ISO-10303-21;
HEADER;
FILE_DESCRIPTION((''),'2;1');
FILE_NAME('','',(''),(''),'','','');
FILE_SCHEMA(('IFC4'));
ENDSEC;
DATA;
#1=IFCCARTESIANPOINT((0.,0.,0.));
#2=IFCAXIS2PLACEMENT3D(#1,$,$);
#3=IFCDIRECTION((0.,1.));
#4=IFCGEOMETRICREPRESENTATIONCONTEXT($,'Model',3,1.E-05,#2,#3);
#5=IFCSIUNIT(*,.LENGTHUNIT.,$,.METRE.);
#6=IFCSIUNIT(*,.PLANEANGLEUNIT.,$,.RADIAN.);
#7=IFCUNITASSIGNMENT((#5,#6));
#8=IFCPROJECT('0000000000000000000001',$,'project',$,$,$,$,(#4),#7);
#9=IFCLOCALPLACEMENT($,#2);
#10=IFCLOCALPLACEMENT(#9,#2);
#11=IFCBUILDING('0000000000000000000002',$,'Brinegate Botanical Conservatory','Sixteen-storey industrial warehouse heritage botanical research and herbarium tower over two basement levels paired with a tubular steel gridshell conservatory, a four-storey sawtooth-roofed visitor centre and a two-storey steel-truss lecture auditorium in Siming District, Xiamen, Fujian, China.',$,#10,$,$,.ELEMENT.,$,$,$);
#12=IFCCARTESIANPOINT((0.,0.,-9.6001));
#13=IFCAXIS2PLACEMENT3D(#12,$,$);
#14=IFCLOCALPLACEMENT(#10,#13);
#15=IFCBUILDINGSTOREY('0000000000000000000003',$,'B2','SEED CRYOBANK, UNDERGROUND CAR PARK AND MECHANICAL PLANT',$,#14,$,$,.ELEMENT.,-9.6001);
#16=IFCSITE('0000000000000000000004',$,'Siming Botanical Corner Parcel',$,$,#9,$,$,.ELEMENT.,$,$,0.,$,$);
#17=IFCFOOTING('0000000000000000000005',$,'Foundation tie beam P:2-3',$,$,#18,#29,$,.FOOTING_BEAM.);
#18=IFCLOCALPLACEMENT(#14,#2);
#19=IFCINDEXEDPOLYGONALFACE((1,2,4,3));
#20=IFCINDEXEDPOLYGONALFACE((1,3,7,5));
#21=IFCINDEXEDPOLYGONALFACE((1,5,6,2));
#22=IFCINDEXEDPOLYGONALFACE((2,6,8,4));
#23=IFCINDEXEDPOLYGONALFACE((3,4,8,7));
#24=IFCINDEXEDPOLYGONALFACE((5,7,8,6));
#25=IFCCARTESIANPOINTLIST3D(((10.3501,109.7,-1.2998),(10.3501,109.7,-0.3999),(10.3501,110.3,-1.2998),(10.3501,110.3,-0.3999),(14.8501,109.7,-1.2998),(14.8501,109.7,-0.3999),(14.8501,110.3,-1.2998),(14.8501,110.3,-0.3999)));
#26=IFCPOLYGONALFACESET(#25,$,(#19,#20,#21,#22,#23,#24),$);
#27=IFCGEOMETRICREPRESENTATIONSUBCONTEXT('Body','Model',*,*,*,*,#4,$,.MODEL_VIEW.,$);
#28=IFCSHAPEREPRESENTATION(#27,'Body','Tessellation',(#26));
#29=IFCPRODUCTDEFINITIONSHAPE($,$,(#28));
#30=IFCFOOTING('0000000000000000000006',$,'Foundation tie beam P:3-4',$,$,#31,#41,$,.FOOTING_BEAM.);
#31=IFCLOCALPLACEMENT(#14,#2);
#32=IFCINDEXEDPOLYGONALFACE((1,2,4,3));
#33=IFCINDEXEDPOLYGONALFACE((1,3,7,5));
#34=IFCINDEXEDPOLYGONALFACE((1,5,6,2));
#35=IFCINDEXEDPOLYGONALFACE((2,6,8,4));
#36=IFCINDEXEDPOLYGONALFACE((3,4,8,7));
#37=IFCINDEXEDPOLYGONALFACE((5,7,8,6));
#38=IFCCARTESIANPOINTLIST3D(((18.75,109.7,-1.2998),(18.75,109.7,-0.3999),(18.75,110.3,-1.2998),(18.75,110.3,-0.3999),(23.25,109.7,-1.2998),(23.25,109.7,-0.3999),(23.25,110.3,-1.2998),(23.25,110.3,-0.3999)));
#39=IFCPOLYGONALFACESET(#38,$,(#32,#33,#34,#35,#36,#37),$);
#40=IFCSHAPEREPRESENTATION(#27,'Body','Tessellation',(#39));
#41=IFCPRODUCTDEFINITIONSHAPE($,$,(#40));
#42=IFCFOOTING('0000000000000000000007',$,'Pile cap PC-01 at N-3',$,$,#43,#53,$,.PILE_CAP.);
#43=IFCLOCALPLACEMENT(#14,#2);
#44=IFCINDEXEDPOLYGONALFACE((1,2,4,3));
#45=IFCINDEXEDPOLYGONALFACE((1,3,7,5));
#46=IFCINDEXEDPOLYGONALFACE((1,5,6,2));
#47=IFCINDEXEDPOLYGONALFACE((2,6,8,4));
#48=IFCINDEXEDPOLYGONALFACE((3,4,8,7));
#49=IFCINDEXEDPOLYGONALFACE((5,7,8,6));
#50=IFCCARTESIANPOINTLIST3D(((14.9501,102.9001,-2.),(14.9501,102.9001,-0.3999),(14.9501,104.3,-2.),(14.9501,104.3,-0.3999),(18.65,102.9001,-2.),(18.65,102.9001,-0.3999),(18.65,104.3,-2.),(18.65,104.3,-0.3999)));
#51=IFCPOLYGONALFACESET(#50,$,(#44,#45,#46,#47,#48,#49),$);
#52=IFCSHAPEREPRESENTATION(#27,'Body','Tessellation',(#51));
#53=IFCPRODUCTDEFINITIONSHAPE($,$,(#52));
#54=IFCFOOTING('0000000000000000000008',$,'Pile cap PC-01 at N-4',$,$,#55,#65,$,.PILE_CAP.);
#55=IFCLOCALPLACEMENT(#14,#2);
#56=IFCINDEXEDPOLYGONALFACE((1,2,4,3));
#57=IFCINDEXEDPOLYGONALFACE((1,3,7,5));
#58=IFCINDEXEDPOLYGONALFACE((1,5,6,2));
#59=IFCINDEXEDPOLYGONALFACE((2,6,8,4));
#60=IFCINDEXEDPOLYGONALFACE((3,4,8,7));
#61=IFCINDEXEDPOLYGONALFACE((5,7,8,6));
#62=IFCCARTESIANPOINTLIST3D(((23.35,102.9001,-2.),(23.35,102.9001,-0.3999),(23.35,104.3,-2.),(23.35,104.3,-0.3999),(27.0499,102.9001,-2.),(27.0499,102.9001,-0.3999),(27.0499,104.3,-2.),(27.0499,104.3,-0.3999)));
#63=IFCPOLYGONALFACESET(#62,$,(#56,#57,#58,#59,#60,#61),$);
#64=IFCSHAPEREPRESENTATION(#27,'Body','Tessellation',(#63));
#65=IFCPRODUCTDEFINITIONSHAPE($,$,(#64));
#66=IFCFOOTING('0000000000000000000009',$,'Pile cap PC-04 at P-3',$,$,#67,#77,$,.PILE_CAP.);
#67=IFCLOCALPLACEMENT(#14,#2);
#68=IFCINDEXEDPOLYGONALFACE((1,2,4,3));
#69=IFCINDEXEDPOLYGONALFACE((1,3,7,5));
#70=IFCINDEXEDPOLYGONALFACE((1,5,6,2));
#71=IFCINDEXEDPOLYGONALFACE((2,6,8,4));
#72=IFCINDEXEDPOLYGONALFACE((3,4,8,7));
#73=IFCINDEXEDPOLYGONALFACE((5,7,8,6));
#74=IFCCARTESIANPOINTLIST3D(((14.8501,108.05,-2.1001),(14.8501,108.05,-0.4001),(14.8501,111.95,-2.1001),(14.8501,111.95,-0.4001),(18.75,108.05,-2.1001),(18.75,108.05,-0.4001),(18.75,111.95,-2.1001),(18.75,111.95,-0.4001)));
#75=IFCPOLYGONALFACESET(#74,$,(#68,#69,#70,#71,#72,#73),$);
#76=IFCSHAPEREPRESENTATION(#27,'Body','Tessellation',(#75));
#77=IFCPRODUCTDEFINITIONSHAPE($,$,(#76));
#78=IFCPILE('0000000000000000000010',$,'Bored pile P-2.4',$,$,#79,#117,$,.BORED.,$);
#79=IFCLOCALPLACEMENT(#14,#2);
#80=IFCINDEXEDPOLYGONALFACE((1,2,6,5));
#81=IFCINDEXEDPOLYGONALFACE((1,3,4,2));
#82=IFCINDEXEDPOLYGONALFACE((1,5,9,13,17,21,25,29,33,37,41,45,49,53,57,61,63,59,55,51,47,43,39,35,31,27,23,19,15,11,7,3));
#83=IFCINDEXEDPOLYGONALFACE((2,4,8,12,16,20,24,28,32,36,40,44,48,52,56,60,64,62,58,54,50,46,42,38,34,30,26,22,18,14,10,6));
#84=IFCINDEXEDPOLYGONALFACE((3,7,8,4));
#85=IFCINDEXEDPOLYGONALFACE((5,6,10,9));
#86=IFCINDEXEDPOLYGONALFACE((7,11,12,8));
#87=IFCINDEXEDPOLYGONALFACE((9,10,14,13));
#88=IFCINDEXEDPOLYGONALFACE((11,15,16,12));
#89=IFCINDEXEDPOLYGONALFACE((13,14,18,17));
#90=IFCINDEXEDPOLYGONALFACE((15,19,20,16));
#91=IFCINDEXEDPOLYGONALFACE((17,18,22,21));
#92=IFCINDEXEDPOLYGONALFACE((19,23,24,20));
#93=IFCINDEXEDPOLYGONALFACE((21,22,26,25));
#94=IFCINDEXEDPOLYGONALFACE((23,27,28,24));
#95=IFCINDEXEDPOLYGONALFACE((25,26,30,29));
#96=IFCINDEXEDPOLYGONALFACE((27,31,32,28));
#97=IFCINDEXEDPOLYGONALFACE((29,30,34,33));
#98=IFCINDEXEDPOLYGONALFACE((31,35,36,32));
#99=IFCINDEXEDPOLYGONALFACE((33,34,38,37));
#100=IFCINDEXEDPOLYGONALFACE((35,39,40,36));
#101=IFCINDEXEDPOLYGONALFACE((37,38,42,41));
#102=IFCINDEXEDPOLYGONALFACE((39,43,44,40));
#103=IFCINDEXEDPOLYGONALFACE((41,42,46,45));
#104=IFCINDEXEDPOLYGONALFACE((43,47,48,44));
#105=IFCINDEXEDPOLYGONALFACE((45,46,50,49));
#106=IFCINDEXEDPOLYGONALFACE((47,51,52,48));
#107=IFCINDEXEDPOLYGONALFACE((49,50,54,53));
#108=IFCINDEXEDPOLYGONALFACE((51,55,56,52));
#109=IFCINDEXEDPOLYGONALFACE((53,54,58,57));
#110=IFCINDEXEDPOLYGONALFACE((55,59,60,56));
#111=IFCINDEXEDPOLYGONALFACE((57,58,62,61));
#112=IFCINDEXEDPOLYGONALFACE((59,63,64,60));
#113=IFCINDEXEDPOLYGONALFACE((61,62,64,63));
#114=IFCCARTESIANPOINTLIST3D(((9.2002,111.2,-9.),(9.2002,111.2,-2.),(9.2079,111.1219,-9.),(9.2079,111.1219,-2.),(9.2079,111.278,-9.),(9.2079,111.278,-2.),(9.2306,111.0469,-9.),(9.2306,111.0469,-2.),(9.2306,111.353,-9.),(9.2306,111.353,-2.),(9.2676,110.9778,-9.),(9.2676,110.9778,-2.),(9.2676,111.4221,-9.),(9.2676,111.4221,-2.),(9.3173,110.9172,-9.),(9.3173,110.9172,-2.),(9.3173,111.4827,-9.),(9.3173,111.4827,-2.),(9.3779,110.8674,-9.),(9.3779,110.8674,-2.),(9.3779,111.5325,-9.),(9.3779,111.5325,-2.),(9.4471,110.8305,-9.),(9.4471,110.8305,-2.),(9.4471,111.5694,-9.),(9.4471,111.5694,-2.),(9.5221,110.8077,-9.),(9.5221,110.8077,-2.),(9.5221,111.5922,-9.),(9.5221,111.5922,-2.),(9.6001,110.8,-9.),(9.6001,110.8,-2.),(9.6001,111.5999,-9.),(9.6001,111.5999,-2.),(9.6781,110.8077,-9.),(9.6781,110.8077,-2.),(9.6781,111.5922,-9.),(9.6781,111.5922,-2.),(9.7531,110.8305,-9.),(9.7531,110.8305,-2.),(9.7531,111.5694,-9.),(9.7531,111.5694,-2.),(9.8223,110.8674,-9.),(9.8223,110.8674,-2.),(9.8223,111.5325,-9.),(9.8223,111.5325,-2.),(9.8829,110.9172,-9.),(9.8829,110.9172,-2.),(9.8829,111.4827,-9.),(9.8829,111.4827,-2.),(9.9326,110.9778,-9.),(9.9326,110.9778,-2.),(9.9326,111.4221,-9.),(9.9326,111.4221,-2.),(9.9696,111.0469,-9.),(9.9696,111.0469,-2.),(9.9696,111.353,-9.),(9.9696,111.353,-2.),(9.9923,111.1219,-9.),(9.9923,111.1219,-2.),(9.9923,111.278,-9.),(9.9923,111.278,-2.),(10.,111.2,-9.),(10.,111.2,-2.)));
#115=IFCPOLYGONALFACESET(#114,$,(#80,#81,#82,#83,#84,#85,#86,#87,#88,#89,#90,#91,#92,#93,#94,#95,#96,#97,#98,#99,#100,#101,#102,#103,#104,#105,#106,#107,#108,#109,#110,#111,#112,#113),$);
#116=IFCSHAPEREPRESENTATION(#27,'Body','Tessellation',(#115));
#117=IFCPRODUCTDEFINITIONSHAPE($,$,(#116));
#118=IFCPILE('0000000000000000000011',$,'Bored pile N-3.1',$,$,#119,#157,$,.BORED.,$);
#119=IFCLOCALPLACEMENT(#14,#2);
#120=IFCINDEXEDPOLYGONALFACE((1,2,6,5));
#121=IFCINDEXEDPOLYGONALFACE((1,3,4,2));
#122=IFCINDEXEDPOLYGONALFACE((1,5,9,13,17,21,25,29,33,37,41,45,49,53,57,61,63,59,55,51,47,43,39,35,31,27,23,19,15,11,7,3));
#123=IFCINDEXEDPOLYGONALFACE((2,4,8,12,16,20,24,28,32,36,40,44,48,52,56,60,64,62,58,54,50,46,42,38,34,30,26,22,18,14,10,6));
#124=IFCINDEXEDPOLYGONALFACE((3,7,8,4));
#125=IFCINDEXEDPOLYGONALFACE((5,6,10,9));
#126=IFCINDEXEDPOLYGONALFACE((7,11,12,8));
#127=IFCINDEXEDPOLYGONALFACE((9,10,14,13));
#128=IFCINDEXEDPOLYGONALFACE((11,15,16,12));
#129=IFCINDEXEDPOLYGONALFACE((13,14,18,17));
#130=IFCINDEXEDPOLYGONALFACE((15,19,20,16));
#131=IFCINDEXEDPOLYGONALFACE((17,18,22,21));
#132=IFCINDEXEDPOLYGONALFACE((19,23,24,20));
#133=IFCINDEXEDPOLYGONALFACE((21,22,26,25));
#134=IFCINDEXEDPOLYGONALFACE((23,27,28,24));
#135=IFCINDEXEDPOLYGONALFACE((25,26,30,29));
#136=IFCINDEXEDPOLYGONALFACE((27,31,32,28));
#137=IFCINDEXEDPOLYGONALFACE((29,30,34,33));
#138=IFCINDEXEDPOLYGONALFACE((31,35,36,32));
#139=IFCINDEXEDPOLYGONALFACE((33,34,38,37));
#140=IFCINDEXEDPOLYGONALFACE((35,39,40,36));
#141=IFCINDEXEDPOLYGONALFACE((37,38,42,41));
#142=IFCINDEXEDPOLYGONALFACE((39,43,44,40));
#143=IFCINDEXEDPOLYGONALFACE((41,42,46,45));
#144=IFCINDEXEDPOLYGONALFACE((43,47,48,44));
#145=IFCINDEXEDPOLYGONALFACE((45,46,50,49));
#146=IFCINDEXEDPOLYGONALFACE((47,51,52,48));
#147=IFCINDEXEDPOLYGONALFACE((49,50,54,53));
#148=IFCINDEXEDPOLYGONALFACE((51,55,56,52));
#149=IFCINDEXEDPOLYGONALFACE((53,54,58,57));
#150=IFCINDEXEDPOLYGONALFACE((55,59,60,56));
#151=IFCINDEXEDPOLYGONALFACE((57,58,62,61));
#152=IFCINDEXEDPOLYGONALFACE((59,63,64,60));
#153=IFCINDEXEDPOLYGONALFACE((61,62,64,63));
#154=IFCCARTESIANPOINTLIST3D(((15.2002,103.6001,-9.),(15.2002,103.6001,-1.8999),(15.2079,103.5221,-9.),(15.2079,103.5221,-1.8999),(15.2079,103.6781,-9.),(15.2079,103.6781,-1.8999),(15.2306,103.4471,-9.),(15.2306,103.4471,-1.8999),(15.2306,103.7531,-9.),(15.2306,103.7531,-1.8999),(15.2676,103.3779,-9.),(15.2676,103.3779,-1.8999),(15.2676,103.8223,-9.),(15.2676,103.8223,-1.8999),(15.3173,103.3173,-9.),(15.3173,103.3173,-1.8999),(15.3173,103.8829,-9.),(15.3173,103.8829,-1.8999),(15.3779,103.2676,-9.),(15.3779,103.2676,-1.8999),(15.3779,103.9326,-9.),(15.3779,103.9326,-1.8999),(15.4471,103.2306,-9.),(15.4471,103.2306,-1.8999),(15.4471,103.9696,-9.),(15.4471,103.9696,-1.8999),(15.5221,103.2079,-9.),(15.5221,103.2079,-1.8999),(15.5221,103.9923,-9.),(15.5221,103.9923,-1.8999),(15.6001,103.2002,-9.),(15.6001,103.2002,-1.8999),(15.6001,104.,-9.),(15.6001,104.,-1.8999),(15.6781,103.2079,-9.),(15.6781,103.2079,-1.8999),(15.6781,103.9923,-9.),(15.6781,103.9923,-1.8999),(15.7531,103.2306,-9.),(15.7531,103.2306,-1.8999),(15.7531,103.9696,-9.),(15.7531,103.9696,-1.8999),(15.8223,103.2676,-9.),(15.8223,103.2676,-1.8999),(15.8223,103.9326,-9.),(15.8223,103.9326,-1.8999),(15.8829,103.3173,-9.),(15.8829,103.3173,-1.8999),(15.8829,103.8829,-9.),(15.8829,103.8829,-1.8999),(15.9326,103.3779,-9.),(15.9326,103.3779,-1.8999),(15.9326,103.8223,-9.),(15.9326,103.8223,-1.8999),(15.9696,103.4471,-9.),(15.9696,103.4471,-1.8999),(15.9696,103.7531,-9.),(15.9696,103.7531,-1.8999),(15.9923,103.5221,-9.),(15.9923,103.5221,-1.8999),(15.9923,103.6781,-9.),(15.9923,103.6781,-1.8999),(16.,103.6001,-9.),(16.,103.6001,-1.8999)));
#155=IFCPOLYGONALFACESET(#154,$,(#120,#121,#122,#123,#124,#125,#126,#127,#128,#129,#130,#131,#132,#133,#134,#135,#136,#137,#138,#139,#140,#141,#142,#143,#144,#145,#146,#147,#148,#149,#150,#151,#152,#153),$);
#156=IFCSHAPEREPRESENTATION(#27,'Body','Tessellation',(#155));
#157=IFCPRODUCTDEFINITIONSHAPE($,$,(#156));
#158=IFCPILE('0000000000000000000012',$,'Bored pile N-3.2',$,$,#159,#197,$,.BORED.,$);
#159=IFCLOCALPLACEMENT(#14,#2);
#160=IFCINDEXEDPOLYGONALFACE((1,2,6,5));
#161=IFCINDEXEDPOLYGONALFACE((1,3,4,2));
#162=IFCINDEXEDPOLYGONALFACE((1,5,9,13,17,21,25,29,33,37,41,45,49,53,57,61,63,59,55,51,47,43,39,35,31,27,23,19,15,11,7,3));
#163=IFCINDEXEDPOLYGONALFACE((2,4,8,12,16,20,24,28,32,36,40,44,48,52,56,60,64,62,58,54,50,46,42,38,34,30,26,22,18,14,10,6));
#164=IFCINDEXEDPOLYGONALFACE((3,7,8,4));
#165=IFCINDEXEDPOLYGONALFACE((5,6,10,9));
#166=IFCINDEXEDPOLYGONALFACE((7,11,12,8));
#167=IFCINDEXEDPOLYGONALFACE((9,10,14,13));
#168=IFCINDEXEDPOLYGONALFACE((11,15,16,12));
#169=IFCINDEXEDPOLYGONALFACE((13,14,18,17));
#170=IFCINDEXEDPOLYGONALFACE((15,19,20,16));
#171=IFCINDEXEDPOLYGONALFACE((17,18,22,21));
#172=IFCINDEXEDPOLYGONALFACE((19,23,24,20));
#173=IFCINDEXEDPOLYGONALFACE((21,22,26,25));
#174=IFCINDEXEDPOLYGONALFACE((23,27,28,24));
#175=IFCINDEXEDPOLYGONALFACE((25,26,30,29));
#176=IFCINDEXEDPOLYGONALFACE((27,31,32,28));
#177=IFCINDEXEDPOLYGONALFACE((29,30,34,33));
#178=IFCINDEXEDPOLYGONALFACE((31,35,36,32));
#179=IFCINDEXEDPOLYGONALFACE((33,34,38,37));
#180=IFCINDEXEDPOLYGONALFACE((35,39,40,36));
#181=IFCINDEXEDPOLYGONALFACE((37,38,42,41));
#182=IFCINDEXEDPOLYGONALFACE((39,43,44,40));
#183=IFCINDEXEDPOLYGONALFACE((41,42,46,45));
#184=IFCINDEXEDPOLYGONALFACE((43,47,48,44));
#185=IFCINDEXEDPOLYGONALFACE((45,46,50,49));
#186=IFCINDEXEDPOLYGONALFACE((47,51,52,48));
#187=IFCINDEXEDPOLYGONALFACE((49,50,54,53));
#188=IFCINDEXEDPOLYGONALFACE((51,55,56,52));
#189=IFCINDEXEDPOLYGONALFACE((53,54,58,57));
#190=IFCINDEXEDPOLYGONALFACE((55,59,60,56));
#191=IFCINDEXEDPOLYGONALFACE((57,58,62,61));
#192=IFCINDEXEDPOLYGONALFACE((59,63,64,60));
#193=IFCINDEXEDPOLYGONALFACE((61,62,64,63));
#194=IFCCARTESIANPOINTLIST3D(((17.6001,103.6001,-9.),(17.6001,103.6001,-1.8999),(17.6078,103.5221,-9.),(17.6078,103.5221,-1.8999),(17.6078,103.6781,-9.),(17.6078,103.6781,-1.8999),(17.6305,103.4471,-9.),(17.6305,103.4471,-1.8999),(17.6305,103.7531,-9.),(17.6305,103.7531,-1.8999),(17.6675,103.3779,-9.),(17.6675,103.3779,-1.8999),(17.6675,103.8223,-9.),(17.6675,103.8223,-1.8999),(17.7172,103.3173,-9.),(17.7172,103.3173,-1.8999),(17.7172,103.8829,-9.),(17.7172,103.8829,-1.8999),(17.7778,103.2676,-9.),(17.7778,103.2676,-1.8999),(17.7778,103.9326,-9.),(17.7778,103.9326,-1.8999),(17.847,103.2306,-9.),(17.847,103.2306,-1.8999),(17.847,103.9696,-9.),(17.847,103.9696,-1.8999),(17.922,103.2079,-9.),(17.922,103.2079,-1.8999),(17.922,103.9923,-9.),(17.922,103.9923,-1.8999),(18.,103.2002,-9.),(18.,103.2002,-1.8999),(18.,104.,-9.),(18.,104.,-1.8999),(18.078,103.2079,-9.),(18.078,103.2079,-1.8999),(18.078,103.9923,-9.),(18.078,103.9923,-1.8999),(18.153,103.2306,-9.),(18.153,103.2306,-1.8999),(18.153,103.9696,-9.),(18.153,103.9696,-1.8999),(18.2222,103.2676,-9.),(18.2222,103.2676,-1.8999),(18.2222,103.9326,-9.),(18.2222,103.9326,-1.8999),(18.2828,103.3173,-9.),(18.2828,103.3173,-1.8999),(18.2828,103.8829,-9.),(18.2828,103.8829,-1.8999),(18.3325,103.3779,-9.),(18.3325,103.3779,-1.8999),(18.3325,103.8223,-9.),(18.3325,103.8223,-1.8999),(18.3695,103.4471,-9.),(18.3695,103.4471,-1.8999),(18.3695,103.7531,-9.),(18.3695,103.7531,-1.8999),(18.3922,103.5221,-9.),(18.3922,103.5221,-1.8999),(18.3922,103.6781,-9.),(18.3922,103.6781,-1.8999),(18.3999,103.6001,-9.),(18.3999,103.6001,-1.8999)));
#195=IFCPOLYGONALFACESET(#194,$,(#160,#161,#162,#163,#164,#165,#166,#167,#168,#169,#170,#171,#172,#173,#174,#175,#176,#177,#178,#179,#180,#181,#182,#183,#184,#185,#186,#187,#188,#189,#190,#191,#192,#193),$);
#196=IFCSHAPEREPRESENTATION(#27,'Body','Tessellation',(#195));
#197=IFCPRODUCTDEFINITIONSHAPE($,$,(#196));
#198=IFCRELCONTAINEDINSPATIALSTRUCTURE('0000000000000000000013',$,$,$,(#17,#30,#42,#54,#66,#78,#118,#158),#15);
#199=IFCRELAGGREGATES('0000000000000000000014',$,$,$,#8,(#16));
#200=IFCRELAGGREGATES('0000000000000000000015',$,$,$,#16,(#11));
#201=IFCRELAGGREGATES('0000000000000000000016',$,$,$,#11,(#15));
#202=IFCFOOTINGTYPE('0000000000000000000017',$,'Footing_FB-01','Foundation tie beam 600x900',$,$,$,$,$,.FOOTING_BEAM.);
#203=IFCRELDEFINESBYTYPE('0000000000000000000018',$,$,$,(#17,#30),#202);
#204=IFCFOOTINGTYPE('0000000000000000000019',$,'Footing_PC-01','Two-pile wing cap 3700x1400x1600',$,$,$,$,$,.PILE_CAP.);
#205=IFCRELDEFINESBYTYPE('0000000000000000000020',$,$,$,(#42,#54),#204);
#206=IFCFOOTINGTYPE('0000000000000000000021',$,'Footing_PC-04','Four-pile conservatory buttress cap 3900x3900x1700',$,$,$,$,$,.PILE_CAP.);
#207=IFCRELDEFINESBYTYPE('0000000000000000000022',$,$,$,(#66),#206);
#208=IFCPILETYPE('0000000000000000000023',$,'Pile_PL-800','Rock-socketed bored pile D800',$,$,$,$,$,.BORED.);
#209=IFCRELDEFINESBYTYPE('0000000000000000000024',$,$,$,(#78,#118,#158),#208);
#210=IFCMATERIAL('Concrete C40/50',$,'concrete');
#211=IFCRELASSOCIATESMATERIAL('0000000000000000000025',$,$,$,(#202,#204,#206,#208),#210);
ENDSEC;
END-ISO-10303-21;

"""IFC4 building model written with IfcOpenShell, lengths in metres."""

from ifc_helpers import new_model, si_unit, direction, frame, origin, origin_2d, place, context, subcontext, project, spatial, rectangle, circle, extrude, material, material_profile, profile_set, type_object, element, save


model = new_model("IFC4")

# Units and contexts
model_context = context("Model", 3, precision=1e-05, world=origin(), true_north=direction((0.0, 1.0)))
body_context = subcontext(model_context, "Body", "Model", "MODEL_VIEW")
ifc_project = project(units=[si_unit("LENGTHUNIT", "METRE"), si_unit("PLANEANGLEUNIT", "RADIAN")], contexts=[model_context])

# Site, building, storey
site_placement = place(None, origin())
site = spatial("IfcSite", under=ifc_project, at=site_placement, Name="Siming Botanical Corner Parcel", CompositionType="ELEMENT", RefElevation=0.0)
building_placement = place(site_placement, origin())
building = spatial("IfcBuilding", under=site, at=building_placement, Name="Brinegate Botanical Conservatory", Description="Sixteen-storey industrial warehouse heritage botanical research and herbarium tower over two basement levels paired with a tubular steel gridshell conservatory, a four-storey sawtooth-roofed visitor centre and a two-storey steel-truss lecture auditorium in Siming District, Xiamen, Fujian, China.", CompositionType="ELEMENT")
storey_placement = place(building_placement, frame((0.0, 0.0, -9.6001)))
storey = spatial("IfcBuildingStorey", under=building, at=storey_placement, Name="B2", Description="SEED CRYOBANK, UNDERGROUND CAR PARK AND MECHANICAL PLANT", CompositionType="ELEMENT", Elevation=-9.6001)

# Footings
ifc_material_1 = material(Name="Concrete C40/50", Category="concrete")
ifc_material_profile_1 = material_profile(ifc_material_1, rectangle(XDim=0.6001, YDim=0.8999, at=origin_2d()), Name="RC GB 600x900")
ifc_profile_set_1 = profile_set([ifc_material_profile_1], Name="Concrete C40/50")
footing_type_1 = type_object("IfcFootingType", Name="Footing_FB-01", Description="Foundation tie beam 600x900", PredefinedType="FOOTING_BEAM", material=ifc_profile_set_1)
for number, where, z_axis, x_axis, name in (
    (1, (10.3501, 110.0, -0.8499), (1.0, 0.0, 0.0), (0.0, 1.0, 0.0), "Foundation tie beam P:2-3"),
    (2, (18.75, 110.0, -0.8499), (1.0, 0.0, 0.0), (0.0, 1.0, 0.0), "Foundation tie beam P:3-4"),
):
    element("IfcFooting", number, at=place(storey_placement, frame(where, z_axis=z_axis, x_axis=x_axis)), inside=storey, type_object=footing_type_1, Name=name, PredefinedType="FOOTING_BEAM", context=body_context, shape_type="SweptSolid", body=[
        extrude(rectangle(XDim=0.6001, YDim=0.8999, at=origin_2d()), origin(), (0.0, 0.0, 1.0), 4.5),
    ])
footing_type_2 = type_object("IfcFootingType", Name="Footing_PC-01", Description="Two-pile wing cap 3700x1400x1600", PredefinedType="PILE_CAP", material=ifc_material_1)
for number, where, z_axis, x_axis, name in (
    (3, (16.8, 103.6001, -2.0), (0.0, 0.0, 1.0), (1.0, 0.0, 0.0), "Pile cap PC-01 at N-3"),
    (4, (25.2, 103.6001, -2.0), (0.0, 0.0, 1.0), (1.0, 0.0, 0.0), "Pile cap PC-01 at N-4"),
):
    element("IfcFooting", number, at=place(storey_placement, frame(where, z_axis=z_axis, x_axis=x_axis)), inside=storey, type_object=footing_type_2, Name=name, PredefinedType="PILE_CAP", context=body_context, shape_type="SweptSolid", body=[
        extrude(rectangle(XDim=3.7, YDim=1.3999, at=origin_2d()), origin(), (0.0, 0.0, 1.0), 1.6001),
    ])
footing_type_3 = type_object("IfcFootingType", Name="Footing_PC-04", Description="Four-pile conservatory buttress cap 3900x3900x1700", PredefinedType="PILE_CAP", material=ifc_material_1)
footing_placement = place(storey_placement, frame((16.8, 110.0, -2.1001), z_axis=(0.0, 0.0, 1.0), x_axis=(1.0, 0.0, 0.0)))
element("IfcFooting", 5, at=footing_placement, inside=storey, type_object=footing_type_3, Name="Pile cap PC-04 at P-3", PredefinedType="PILE_CAP", context=body_context, shape_type="SweptSolid", body=[
    extrude(rectangle(XDim=3.8999, YDim=3.8999, at=origin_2d()), origin(), (0.0, 0.0, 1.0), 1.7),
])

# Piles
ifc_material_profile_2 = material_profile(ifc_material_1, circle(Radius=0.3999, at=origin_2d()), Name="PILE D800")
ifc_profile_set_2 = profile_set([ifc_material_profile_2], Name="Concrete C40/50")
pile_type = type_object("IfcPileType", Name="Pile_PL-800", Description="Rock-socketed bored pile D800", PredefinedType="BORED", material=ifc_profile_set_2)
pile_1_placement = place(storey_placement, frame((9.6001, 111.2, -2.0), z_axis=(0.0, 0.0, -1.0), x_axis=(1.0, 0.0, 0.0)))
element("IfcPile", 6, at=pile_1_placement, inside=storey, type_object=pile_type, Name="Bored pile P-2.4", PredefinedType="BORED", context=body_context, shape_type="SweptSolid", body=[
    extrude(circle(Radius=0.3999, at=origin_2d()), origin(), (0.0, 0.0, 1.0), 7.0),
])
for number, where, z_axis, x_axis, name in (
    (7, (15.6001, 103.6001, -1.8999), (0.0, 0.0, -1.0), (1.0, 0.0, 0.0), "Bored pile N-3.1"),
    (8, (18.0, 103.6001, -1.8999), (0.0, 0.0, -1.0), (1.0, 0.0, 0.0), "Bored pile N-3.2"),
):
    element("IfcPile", number, at=place(storey_placement, frame(where, z_axis=z_axis, x_axis=x_axis)), inside=storey, type_object=pile_type, Name=name, PredefinedType="BORED", context=body_context, shape_type="SweptSolid", body=[
        extrude(circle(Radius=0.3999, at=origin_2d()), origin(), (0.0, 0.0, 1.0), 7.1001),
    ])

save(model, "model.ifc")
